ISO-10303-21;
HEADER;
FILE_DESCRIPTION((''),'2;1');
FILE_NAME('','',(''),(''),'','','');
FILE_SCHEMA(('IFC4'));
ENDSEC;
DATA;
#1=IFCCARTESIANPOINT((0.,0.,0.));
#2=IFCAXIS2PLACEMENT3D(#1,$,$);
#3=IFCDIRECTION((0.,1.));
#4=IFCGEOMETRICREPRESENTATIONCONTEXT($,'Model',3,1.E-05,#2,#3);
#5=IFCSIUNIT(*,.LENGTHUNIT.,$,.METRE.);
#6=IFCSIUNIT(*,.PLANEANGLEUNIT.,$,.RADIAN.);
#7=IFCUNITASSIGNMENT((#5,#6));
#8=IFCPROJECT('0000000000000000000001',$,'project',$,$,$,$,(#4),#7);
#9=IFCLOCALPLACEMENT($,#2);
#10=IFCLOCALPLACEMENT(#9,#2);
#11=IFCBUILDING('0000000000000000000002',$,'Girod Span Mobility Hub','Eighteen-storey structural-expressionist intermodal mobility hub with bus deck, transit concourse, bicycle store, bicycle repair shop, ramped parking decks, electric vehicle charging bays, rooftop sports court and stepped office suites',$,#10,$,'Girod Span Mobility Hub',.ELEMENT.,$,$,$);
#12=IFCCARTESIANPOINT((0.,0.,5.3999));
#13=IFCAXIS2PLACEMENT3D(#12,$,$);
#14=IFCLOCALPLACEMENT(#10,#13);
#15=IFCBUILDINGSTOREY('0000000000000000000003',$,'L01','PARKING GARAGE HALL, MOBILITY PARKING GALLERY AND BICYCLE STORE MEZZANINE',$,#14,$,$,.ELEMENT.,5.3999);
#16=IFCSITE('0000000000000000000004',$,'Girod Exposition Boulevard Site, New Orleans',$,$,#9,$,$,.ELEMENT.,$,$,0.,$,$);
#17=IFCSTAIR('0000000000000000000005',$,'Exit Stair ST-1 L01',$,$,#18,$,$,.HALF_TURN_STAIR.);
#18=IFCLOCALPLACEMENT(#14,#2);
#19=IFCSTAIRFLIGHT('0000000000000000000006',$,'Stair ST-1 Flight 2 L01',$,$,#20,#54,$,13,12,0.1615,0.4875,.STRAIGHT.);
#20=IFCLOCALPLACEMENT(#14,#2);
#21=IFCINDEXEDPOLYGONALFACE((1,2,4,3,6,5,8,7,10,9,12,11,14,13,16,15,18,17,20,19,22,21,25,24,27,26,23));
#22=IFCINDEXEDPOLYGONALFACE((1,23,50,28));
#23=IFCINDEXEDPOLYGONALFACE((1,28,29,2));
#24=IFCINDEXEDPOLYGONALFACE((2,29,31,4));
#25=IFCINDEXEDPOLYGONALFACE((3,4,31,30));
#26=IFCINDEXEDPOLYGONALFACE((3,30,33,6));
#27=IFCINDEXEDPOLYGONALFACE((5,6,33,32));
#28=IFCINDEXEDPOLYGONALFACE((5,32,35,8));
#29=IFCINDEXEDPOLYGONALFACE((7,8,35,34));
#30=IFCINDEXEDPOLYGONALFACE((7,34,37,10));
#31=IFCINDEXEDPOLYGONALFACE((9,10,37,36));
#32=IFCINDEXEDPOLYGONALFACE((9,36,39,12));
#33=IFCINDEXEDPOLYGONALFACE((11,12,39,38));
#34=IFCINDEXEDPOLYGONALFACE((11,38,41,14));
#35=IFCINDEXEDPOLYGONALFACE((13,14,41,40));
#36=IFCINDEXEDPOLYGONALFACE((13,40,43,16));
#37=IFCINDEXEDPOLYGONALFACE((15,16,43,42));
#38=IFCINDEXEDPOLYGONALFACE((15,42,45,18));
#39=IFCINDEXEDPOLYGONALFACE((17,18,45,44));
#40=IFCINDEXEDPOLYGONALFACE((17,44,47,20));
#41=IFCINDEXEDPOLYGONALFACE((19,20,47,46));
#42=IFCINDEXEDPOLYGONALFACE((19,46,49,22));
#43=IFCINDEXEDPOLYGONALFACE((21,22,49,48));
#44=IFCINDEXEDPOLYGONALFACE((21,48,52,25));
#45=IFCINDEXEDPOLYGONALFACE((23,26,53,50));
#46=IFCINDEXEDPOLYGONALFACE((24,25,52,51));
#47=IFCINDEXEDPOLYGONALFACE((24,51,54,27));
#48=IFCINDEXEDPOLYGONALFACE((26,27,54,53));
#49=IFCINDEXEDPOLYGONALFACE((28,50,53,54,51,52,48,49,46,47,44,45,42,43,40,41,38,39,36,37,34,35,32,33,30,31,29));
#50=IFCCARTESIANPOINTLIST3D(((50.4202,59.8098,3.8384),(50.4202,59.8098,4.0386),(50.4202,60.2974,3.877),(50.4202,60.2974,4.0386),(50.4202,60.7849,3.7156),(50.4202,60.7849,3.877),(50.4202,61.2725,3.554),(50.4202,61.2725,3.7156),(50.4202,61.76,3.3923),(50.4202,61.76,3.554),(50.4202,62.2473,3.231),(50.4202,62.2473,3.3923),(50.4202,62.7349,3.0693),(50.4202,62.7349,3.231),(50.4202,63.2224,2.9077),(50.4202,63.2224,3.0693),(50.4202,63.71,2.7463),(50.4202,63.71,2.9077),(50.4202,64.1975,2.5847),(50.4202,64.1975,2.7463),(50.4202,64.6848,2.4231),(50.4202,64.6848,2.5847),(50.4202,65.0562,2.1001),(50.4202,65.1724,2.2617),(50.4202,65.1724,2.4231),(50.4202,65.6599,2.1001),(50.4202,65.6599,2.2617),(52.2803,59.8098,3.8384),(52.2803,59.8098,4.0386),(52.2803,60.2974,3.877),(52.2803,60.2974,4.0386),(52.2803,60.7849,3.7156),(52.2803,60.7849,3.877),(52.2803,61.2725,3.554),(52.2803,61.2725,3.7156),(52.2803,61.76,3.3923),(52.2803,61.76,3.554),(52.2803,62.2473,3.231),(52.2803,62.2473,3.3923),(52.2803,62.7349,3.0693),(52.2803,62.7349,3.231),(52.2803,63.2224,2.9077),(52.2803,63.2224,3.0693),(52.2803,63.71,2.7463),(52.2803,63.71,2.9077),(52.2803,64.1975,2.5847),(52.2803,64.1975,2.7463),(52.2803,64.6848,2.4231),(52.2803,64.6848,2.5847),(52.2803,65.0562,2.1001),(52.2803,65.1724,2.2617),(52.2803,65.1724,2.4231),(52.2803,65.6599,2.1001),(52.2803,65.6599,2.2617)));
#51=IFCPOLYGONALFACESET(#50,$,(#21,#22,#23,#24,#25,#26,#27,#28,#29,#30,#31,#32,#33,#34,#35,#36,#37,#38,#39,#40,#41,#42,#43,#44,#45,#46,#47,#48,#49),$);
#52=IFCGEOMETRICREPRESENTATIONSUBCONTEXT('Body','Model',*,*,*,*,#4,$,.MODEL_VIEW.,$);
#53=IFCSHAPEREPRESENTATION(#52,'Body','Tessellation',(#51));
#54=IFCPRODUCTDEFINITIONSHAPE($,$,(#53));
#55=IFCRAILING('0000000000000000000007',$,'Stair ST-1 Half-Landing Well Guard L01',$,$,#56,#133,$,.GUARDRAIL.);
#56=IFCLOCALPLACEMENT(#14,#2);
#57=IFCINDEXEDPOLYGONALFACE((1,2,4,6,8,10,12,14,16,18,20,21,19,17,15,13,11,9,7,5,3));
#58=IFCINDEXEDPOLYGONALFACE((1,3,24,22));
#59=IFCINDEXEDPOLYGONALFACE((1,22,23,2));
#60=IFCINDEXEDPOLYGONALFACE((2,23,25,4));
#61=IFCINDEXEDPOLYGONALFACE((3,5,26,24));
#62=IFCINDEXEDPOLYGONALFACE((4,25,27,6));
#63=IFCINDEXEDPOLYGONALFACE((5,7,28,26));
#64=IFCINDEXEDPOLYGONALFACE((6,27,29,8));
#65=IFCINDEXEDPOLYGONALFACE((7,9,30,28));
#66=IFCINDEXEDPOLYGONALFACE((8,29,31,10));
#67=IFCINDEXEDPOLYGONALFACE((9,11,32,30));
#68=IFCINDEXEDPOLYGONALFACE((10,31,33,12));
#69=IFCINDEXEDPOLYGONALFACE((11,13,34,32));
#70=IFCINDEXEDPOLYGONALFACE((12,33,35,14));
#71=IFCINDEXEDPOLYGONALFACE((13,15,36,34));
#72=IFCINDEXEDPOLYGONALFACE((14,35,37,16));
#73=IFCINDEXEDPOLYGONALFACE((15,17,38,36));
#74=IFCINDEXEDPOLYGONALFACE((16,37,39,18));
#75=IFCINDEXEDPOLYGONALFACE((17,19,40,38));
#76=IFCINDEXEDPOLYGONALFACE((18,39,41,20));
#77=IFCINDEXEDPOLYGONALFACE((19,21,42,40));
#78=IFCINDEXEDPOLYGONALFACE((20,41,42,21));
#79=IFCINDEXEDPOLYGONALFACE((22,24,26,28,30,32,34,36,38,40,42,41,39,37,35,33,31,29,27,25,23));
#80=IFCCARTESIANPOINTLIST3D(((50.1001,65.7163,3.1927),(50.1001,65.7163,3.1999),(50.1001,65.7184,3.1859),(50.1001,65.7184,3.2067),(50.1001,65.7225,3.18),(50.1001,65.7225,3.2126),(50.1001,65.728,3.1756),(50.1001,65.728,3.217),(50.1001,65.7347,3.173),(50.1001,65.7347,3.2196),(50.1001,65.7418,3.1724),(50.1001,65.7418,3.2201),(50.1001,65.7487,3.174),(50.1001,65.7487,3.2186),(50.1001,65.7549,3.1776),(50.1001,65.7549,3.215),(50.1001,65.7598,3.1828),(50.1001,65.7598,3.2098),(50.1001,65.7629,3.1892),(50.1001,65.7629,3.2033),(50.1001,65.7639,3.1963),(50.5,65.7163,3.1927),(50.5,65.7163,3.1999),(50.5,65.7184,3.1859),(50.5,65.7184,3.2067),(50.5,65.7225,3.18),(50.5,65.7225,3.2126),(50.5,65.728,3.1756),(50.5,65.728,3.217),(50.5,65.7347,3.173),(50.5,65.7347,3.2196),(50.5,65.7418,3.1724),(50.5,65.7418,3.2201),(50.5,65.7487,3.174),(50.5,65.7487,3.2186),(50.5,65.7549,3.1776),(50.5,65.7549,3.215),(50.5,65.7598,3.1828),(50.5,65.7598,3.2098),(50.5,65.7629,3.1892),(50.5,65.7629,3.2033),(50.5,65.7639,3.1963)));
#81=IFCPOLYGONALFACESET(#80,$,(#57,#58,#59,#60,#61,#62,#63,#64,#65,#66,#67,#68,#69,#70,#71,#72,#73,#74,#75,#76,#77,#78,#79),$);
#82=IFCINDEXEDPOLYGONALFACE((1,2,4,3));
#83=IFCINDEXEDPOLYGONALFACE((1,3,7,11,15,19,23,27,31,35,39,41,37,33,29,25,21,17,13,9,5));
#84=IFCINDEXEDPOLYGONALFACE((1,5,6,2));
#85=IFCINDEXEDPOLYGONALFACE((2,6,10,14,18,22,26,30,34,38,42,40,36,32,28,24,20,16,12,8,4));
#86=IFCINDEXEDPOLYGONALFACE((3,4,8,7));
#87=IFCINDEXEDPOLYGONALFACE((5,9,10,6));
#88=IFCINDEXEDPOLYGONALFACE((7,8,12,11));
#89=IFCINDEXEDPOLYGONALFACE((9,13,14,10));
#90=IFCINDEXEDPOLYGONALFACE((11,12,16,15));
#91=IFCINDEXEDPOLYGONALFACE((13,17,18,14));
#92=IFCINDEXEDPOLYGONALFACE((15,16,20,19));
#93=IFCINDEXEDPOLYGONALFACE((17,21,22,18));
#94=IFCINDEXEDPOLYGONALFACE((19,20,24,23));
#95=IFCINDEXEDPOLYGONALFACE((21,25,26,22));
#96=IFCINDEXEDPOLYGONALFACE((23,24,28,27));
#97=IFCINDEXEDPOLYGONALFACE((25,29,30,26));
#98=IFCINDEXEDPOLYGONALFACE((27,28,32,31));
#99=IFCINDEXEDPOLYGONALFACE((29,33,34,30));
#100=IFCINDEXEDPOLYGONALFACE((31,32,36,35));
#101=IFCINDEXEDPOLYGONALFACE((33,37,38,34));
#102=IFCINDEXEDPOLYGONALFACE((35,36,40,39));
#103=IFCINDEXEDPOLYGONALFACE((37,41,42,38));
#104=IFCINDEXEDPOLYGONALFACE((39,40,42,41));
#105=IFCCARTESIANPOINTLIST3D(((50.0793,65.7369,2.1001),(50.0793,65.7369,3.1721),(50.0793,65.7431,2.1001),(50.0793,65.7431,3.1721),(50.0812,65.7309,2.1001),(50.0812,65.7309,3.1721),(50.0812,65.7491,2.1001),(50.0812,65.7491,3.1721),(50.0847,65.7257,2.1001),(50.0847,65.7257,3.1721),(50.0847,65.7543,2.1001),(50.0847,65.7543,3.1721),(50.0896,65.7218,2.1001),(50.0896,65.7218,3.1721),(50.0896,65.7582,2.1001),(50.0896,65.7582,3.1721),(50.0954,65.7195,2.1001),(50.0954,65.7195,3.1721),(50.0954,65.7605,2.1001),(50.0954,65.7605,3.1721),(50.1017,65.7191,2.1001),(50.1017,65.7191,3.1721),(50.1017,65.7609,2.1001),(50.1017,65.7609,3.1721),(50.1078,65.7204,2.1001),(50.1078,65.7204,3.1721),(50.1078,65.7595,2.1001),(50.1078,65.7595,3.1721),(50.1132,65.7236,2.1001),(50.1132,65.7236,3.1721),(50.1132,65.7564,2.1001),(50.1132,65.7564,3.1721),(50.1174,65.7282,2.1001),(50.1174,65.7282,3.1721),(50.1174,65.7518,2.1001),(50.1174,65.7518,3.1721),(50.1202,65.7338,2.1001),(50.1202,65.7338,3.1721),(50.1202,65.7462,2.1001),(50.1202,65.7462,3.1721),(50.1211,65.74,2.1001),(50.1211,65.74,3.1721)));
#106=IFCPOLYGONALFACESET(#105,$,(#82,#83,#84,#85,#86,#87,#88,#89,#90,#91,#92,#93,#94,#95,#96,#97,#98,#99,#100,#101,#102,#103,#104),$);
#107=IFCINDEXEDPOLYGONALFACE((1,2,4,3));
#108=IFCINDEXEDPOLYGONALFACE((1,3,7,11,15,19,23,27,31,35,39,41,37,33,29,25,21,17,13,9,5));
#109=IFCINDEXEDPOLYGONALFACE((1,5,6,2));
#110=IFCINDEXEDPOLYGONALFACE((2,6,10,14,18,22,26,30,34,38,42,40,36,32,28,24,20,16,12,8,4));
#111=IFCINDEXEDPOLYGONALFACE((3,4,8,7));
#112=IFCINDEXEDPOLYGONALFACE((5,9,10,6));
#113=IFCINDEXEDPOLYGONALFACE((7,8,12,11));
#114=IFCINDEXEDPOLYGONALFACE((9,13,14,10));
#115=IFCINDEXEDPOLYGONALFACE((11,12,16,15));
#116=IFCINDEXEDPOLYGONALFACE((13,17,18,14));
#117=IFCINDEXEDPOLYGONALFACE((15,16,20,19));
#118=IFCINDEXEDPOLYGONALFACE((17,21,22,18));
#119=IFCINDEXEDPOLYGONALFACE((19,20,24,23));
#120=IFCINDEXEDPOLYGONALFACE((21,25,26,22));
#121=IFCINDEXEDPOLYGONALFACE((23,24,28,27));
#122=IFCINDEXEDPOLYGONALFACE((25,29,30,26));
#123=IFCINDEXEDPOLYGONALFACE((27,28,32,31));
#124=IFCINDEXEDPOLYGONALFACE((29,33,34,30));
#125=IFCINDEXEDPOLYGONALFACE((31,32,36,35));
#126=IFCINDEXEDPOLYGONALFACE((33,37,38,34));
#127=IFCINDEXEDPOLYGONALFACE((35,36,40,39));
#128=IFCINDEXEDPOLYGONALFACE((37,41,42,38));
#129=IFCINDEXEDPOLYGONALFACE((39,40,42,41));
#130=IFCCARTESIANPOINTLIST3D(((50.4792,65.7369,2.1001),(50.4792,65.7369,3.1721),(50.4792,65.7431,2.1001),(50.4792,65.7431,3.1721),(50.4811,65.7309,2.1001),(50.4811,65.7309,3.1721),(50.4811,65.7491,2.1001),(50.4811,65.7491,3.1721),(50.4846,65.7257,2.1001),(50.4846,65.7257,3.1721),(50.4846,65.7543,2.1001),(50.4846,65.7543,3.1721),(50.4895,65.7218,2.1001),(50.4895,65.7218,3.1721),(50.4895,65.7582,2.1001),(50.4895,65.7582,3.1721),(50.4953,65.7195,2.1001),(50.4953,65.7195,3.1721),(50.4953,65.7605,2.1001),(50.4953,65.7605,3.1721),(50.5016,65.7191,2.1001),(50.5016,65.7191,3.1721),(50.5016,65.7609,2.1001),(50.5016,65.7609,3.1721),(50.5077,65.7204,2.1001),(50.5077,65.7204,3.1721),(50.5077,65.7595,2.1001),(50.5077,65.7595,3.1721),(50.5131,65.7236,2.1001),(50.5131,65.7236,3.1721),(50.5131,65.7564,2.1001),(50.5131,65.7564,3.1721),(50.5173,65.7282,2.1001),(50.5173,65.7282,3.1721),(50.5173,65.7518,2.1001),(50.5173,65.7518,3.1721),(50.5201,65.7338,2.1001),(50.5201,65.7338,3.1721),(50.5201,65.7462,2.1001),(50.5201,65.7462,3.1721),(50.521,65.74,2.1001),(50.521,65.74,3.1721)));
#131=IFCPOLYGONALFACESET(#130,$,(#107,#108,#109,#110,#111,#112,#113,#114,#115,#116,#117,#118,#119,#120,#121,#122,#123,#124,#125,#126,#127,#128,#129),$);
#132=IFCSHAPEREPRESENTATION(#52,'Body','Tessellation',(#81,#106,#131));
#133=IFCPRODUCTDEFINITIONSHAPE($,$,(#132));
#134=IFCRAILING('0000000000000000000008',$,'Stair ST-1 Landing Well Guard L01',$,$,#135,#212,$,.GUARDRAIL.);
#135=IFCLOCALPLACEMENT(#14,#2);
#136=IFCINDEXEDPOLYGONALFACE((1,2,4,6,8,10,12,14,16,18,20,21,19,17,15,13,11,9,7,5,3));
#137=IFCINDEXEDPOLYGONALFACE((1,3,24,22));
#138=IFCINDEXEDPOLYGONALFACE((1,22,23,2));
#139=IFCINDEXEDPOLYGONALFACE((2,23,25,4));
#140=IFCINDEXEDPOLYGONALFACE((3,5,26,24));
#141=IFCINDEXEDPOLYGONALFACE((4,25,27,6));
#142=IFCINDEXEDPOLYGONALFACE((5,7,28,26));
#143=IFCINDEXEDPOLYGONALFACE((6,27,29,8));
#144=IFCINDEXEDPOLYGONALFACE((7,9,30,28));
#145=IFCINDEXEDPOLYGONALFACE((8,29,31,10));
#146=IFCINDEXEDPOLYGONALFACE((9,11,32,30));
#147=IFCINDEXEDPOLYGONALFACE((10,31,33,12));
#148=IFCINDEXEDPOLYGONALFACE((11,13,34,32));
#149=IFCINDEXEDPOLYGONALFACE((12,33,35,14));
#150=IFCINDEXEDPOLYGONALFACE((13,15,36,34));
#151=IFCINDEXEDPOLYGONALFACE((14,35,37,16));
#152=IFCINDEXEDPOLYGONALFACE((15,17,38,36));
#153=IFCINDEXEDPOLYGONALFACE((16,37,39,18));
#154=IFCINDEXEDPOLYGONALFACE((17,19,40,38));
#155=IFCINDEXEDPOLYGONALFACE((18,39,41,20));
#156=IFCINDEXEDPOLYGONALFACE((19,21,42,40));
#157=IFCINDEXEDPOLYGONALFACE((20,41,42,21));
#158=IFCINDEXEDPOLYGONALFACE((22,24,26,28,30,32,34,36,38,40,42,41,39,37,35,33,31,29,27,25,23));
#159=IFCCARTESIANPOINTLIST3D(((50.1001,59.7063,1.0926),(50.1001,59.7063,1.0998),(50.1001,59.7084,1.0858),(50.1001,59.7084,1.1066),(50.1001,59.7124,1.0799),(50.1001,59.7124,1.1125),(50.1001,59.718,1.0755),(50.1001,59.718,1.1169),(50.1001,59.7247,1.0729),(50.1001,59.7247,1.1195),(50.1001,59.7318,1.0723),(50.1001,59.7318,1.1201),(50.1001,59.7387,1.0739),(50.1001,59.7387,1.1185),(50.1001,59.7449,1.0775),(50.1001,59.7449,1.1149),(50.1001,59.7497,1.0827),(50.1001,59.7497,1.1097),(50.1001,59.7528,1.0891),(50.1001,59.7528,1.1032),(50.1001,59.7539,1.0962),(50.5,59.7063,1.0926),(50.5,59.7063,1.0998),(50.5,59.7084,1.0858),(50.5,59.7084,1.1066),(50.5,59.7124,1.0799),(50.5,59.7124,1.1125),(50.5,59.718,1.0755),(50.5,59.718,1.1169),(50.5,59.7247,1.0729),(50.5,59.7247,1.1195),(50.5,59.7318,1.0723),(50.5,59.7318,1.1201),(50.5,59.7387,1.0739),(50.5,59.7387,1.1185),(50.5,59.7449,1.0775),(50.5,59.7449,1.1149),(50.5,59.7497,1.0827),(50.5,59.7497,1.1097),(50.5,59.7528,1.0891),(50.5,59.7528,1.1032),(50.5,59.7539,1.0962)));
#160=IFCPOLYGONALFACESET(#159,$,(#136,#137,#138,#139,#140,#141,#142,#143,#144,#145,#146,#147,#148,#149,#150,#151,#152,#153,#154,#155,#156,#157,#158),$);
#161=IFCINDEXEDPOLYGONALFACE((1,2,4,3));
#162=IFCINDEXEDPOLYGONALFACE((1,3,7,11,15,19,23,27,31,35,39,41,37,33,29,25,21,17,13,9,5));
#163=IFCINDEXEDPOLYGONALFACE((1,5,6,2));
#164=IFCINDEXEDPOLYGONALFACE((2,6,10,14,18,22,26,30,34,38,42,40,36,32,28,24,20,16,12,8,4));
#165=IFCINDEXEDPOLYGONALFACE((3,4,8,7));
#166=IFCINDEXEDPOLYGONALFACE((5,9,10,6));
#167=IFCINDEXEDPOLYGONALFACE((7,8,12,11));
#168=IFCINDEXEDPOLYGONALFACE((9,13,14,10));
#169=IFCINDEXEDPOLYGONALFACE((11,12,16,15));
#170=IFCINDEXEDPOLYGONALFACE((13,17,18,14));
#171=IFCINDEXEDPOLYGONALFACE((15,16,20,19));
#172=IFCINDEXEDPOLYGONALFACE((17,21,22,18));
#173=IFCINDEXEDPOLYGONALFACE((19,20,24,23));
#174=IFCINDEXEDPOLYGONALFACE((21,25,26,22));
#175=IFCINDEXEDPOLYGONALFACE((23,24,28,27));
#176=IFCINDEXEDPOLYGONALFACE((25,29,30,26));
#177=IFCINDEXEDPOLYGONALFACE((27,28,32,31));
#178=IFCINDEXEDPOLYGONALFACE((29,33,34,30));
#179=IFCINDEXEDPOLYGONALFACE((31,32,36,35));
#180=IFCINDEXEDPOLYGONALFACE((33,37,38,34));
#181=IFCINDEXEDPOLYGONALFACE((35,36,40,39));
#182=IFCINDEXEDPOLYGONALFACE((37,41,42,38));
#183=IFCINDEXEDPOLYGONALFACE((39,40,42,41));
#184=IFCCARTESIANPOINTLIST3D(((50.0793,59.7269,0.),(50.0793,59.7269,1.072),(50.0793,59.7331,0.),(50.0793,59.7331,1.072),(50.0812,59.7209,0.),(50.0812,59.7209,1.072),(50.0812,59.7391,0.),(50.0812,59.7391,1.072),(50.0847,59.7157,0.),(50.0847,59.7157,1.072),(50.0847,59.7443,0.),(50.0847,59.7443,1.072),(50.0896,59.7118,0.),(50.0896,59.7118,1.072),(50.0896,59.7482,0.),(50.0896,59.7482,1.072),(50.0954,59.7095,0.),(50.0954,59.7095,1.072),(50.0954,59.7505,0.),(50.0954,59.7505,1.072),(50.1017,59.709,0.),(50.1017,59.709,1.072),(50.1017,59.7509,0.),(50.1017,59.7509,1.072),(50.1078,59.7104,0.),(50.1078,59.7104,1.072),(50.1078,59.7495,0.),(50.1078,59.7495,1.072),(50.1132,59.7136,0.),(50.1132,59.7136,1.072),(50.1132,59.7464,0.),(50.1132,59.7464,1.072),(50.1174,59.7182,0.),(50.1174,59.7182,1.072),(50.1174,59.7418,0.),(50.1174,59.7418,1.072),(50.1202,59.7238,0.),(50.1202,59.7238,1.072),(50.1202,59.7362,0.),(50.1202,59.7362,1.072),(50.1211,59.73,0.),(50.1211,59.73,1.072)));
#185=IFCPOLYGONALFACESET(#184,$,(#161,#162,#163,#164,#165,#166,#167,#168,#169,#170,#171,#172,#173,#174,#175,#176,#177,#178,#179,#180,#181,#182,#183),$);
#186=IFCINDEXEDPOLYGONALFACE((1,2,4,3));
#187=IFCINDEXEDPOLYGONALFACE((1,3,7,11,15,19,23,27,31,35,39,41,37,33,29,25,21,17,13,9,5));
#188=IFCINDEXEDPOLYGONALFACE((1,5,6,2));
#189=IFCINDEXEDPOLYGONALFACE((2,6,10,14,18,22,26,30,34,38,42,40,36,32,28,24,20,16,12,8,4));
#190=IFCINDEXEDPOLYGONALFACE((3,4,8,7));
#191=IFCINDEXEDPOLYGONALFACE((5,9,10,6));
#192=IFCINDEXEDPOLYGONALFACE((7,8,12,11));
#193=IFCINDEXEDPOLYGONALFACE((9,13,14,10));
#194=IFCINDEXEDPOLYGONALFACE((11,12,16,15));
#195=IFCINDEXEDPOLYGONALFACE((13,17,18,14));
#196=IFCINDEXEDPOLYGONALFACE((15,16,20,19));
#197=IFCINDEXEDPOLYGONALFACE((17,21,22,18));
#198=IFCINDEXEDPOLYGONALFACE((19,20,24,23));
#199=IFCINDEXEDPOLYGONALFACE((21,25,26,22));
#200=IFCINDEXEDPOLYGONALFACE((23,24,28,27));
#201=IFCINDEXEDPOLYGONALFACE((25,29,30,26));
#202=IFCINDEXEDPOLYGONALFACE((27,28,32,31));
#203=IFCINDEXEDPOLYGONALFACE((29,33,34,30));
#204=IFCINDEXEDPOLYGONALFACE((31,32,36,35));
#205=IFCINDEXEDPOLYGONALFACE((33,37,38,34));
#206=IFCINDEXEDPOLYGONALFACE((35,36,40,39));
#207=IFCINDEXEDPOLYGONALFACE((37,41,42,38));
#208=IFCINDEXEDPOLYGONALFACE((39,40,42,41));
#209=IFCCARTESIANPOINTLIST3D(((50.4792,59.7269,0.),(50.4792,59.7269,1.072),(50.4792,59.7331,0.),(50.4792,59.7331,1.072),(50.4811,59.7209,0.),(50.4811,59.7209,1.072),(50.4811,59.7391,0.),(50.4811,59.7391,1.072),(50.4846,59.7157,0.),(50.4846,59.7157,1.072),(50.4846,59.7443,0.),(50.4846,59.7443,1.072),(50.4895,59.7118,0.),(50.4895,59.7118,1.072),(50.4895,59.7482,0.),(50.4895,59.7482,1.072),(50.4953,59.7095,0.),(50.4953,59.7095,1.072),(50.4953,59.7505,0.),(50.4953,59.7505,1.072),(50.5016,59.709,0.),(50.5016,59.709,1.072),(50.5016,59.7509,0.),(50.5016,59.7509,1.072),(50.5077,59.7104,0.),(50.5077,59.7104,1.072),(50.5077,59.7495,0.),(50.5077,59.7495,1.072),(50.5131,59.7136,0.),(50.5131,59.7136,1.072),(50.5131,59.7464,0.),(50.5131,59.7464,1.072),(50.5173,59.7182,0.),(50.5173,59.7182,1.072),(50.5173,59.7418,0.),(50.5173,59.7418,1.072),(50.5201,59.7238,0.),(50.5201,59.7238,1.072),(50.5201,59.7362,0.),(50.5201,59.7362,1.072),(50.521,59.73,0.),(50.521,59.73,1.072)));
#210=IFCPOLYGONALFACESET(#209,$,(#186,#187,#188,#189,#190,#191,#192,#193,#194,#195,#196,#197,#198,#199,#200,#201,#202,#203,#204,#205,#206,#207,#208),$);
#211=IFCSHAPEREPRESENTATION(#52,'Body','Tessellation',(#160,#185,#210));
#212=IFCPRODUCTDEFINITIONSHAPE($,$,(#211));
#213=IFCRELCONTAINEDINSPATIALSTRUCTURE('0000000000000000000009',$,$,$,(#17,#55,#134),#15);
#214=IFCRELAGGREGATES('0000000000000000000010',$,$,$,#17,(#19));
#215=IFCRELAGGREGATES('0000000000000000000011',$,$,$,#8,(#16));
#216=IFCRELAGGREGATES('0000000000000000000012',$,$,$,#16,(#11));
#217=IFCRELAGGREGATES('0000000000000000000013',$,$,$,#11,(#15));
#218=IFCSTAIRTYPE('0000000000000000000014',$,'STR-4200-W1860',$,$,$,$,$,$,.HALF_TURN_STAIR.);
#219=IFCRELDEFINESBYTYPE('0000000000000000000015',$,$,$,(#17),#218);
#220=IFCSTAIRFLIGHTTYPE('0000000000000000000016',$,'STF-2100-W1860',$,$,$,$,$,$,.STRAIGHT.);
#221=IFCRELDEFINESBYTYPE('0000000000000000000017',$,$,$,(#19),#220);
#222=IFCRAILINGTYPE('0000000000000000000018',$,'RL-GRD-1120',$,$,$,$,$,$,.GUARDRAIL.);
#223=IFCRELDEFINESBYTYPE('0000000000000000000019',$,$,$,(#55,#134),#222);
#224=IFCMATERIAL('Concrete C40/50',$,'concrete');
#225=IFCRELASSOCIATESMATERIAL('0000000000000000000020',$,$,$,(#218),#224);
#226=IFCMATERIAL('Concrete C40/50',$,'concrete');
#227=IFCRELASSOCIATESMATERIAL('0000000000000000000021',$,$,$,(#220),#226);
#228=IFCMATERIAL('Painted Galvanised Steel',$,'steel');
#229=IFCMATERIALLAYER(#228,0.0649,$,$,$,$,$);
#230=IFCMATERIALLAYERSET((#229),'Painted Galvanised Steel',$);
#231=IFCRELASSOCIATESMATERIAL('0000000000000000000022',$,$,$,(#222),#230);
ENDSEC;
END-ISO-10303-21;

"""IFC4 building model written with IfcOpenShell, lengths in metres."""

from ifc_helpers import new_model, si_unit, direction, frame, origin, origin_2d, place, context, subcontext, project, spatial, polyline, circle, outline, extrude, material, layer, layer_set, type_object, element, aggregate, save


model = new_model("IFC4")

# Units and contexts
model_context = context("Model", 3, precision=1e-05, world=origin(), true_north=direction((0.0, 1.0)))
body_context = subcontext(model_context, "Body", "Model", "MODEL_VIEW")
ifc_project = project(units=[si_unit("LENGTHUNIT", "METRE"), si_unit("PLANEANGLEUNIT", "RADIAN")], contexts=[model_context])

# Site, building, storey
site_placement = place(None, origin())
site = spatial("IfcSite", under=ifc_project, at=site_placement, Name="Girod Exposition Boulevard Site, New Orleans", CompositionType="ELEMENT", RefElevation=0.0)
building_placement = place(site_placement, origin())
building = spatial("IfcBuilding", under=site, at=building_placement, Name="Girod Span Mobility Hub", Description="Eighteen-storey structural-expressionist intermodal mobility hub with bus deck, transit concourse, bicycle store, bicycle repair shop, ramped parking decks, electric vehicle charging bays, rooftop sports court and stepped office suites", LongName="Girod Span Mobility Hub", CompositionType="ELEMENT")
storey_placement = place(building_placement, frame((0.0, 0.0, 5.3999)))
storey = spatial("IfcBuildingStorey", under=building, at=storey_placement, Name="L01", Description="PARKING GARAGE HALL, MOBILITY PARKING GALLERY AND BICYCLE STORE MEZZANINE", CompositionType="ELEMENT", Elevation=5.3999)

# Stair, stair flight
ifc_material_1 = material(Name="Concrete C40/50", Category="concrete")
stair_type = type_object("IfcStairType", Name="STR-4200-W1860", PredefinedType="HALF_TURN_STAIR", material=ifc_material_1)
stair_placement = place(storey_placement, origin())
stair = element("IfcStair", 1, at=stair_placement, inside=storey, type_object=stair_type, Name="Exit Stair ST-1 L01", PredefinedType="HALF_TURN_STAIR")
ifc_material_2 = material(Name="Concrete C40/50", Category="concrete")
stair_flight_type = type_object("IfcStairFlightType", Name="STF-2100-W1860", PredefinedType="STRAIGHT", material=ifc_material_2)
stair_flight_1_placement = place(storey_placement, frame((51.3501, 65.6599, 2.1001), z_axis=(0.0, 0.0, 1.0), x_axis=(0.0, -1.0, 0.0)))
stair_flight_1 = element("IfcStairFlight", 2, at=stair_flight_1_placement, type_object=stair_flight_type, Name="Stair ST-1 Flight 2 L01", NumberOfRisers=13, NumberOfTreads=12, PredefinedType="STRAIGHT", RiserHeight=0.1615, TreadLength=0.4875, context=body_context, shape_type="SweptSolid", body=[
    extrude(outline(polyline([(0.0, 0.0), (0.0, 0.1616), (0.4875, 0.1616), (0.4875, 0.323), (0.9751, 0.323), (0.9751, 0.4846), (1.4624, 0.4846), (1.4624, 0.6462), (1.95, 0.6462), (1.95, 0.8076), (2.4375, 0.8076), (2.4375, 0.9692), (2.925, 0.9692), (2.925, 1.1309), (3.4126, 1.1309), (3.4126, 1.2922), (3.8999, 1.2922), (3.8999, 1.4539), (4.3875, 1.4539), (4.3875, 1.6155), (4.875, 1.6155), (4.875, 1.7769), (5.3625, 1.7769), (5.3625, 1.9385), (5.8501, 1.9385), (5.8501, 2.1001), (5.8501, 1.7383), (0.6038, 0.0), (0.0, 0.0)])), frame((0.0, 0.9302, 0.0), z_axis=(0.0, -1.0, 0.0), x_axis=(1.0, 0.0, 0.0)), (0.0, 0.0, 1.0), 1.8601),
])
aggregate(stair, [stair_flight_1])

# Railings
ifc_material_3 = material(Name="Painted Galvanised Steel", Category="steel")
ifc_layer_1 = layer(ifc_material_3, 0.0649)
ifc_layer_set_1 = layer_set([ifc_layer_1], Name="Painted Galvanised Steel")
railing_type_1 = type_object("IfcRailingType", Name="RL-GRD-1120", PredefinedType="GUARDRAIL", material=ifc_layer_set_1)
for number, where, name in (
    (3, (50.1001, 65.74, 2.1001), "Stair ST-1 Half-Landing Well Guard L01"),
    (4, (50.1001, 59.73, 0.0), "Stair ST-1 Landing Well Guard L01"),
):
    element("IfcRailing", number, at=place(storey_placement, frame(where)), inside=storey, type_object=railing_type_1, Name=name, PredefinedType="GUARDRAIL", context=body_context, shape_type="SweptSolid", body=[
        extrude(circle(Radius=0.0239, at=origin_2d()), frame((0.0, 0.0, 1.0962), z_axis=(1.0, 0.0, 0.0), x_axis=(0.0, 1.0, 0.0)), (0.0, 0.0, 1.0), 0.3999),
        extrude(circle(Radius=0.021, at=origin_2d()), origin(), (0.0, 0.0, 1.0), 1.072),
        extrude(circle(Radius=0.021, at=origin_2d()), frame((0.3999, 0.0, 0.0)), (0.0, 0.0, 1.0), 1.072),
    ])

save(model, "model.ifc")
